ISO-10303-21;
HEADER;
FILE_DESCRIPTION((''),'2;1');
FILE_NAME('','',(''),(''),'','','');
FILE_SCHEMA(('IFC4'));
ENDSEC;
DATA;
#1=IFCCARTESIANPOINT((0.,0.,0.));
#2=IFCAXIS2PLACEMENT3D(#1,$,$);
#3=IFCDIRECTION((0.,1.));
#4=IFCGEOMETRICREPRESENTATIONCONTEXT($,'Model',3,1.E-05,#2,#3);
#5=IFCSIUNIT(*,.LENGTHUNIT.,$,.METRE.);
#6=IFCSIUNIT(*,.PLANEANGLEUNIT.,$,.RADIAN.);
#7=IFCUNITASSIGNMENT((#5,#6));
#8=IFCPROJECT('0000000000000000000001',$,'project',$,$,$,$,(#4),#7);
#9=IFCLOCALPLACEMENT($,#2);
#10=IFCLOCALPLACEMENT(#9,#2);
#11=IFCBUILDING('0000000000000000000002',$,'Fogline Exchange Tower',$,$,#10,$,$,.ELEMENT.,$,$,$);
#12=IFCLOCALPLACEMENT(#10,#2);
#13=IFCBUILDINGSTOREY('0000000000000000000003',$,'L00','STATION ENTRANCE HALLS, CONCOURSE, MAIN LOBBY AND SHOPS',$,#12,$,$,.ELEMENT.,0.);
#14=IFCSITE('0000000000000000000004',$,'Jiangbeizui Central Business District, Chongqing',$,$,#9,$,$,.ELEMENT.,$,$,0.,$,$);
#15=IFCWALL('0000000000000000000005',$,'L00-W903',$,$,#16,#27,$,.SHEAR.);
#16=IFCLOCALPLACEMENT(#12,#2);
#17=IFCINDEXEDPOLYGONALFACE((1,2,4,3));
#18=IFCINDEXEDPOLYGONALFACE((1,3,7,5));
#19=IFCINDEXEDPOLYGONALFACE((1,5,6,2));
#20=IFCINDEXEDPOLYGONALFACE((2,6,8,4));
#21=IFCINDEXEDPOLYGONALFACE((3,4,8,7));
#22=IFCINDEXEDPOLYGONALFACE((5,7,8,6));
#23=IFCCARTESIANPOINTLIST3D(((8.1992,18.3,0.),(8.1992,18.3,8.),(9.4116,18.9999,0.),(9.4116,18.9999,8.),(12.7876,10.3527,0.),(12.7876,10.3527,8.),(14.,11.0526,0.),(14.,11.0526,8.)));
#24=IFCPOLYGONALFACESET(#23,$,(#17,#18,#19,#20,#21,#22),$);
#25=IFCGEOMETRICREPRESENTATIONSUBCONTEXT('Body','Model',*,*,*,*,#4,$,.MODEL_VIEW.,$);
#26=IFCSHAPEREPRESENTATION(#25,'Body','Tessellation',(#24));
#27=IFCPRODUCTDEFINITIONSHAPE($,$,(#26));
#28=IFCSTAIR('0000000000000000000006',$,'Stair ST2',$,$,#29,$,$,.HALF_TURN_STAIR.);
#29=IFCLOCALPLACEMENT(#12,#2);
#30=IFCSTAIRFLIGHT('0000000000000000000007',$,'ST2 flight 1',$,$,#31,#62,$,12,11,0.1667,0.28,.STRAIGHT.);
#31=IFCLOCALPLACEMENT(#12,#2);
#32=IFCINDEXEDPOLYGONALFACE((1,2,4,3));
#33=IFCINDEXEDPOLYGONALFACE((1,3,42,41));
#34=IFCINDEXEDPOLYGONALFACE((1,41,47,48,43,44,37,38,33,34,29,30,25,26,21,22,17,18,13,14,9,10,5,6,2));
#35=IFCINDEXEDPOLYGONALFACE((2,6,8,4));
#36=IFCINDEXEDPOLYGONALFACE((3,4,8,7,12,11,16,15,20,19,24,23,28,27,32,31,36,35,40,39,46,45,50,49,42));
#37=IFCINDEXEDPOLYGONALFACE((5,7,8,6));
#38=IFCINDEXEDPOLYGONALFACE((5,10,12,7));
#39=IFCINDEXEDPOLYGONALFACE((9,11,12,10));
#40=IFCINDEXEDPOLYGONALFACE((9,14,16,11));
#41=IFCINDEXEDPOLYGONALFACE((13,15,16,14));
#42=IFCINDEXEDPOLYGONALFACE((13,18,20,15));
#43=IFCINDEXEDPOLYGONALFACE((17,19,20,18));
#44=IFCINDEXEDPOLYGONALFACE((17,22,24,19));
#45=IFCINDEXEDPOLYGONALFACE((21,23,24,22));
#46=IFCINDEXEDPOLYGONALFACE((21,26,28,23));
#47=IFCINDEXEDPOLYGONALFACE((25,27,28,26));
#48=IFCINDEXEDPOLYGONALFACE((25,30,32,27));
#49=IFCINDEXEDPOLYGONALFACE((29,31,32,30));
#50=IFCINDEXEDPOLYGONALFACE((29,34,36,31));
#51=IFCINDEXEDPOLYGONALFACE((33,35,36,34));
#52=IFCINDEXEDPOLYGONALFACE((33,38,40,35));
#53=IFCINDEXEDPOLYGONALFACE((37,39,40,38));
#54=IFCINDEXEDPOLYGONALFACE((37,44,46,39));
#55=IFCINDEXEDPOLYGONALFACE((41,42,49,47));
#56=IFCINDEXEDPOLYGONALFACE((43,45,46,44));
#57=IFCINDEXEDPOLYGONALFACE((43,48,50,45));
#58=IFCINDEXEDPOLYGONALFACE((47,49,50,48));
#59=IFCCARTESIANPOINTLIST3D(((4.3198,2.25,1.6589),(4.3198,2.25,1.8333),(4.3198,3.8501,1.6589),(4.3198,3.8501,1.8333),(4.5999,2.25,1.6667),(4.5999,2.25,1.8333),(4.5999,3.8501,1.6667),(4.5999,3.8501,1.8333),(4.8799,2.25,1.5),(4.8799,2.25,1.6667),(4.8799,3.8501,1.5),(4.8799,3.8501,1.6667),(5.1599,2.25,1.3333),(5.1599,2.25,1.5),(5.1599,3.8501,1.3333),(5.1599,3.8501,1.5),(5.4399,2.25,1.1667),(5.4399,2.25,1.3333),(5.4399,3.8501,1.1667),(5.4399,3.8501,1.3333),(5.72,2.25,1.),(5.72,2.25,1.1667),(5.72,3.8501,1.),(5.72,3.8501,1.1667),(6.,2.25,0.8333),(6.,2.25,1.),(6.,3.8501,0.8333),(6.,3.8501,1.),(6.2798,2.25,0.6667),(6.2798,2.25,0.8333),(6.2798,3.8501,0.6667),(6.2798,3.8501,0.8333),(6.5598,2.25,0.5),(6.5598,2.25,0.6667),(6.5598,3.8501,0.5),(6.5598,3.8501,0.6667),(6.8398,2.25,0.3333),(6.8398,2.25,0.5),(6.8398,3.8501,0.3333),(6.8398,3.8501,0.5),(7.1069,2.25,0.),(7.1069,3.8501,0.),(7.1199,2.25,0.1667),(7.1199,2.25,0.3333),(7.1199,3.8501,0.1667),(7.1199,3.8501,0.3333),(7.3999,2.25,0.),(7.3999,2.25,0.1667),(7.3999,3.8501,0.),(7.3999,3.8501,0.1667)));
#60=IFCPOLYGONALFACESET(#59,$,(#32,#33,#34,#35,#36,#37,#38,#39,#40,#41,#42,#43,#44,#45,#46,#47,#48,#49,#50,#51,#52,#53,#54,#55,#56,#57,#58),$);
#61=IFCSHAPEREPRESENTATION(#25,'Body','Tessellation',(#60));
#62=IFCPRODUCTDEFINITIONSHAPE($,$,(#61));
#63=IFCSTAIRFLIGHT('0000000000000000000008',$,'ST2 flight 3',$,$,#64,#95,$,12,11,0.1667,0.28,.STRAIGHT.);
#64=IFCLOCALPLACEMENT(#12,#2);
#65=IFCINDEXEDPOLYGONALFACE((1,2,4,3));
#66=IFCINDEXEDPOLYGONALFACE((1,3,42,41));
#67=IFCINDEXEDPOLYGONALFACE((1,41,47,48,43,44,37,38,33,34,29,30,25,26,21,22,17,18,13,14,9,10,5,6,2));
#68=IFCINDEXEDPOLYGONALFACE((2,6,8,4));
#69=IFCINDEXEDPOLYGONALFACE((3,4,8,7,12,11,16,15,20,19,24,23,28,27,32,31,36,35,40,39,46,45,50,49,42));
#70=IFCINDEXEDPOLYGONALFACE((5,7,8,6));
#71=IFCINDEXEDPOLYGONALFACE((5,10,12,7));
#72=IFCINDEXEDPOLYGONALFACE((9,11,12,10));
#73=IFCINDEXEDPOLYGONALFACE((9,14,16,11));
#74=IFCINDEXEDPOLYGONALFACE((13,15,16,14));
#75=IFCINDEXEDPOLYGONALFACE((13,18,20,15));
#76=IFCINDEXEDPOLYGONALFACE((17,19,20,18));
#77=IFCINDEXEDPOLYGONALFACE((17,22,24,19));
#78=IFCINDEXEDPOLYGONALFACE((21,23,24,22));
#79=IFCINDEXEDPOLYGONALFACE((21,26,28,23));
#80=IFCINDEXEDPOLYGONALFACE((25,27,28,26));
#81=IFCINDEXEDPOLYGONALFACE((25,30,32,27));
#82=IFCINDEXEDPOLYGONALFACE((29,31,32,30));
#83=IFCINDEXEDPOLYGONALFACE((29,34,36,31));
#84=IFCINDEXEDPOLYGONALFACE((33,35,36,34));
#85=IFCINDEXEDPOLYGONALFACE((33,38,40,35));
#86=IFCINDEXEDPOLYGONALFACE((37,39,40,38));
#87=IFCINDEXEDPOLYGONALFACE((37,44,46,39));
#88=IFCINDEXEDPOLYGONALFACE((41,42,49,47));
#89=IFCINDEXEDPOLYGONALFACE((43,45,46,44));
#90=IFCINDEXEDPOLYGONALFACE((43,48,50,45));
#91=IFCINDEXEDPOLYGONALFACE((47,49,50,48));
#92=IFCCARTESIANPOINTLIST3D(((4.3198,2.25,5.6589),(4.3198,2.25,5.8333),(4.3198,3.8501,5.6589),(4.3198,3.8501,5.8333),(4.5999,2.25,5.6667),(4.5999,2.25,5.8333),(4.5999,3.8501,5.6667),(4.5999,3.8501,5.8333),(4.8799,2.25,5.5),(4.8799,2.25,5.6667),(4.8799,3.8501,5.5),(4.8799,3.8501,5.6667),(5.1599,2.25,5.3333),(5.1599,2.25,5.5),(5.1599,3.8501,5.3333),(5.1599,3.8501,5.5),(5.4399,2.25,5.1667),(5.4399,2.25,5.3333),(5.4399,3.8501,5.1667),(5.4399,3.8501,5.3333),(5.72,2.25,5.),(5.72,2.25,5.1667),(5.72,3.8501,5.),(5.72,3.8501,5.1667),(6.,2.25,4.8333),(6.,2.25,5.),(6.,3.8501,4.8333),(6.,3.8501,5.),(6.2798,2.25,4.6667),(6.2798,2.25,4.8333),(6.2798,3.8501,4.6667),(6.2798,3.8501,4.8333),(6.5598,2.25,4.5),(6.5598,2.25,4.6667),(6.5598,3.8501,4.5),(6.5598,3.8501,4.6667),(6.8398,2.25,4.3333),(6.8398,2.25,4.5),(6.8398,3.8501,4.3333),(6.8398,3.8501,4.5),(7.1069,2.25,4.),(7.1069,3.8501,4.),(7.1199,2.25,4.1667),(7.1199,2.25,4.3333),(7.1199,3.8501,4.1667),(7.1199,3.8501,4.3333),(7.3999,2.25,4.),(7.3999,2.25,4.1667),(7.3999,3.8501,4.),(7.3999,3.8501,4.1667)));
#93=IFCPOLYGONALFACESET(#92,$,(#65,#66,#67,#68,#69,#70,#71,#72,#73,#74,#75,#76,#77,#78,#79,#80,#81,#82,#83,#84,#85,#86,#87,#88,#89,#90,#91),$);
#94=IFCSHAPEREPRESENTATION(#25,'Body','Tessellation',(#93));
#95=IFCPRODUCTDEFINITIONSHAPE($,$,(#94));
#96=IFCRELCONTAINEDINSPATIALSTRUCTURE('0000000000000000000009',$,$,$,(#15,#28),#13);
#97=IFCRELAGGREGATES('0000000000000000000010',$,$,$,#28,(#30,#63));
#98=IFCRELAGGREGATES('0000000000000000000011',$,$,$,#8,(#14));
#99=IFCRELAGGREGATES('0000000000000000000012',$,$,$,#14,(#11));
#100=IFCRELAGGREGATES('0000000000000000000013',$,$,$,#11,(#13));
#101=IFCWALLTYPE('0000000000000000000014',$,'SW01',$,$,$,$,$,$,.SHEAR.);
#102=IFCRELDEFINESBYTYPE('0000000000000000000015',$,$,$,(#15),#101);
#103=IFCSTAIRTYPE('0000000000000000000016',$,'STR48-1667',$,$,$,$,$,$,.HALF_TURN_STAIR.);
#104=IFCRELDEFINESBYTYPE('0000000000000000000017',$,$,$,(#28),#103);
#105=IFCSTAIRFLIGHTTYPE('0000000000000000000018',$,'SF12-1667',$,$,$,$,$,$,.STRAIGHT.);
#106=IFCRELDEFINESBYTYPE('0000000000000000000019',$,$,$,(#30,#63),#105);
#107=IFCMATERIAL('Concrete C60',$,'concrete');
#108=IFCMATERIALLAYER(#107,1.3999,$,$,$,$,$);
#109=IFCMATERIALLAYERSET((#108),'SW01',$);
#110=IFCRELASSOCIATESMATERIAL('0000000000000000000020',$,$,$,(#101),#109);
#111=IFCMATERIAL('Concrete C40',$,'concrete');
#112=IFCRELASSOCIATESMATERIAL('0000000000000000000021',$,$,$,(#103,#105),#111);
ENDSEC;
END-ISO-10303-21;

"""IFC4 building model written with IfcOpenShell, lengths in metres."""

from ifc_helpers import new_model, si_unit, direction, frame, frame_2d, origin, place, context, subcontext, project, spatial, polyline, rectangle, outline, extrude, material, layer, layer_set, type_object, element, aggregate, save


model = new_model("IFC4")

# Units and contexts
model_context = context("Model", 3, precision=1e-05, world=origin(), true_north=direction((0.0, 1.0)))
body_context = subcontext(model_context, "Body", "Model", "MODEL_VIEW")
ifc_project = project(units=[si_unit("LENGTHUNIT", "METRE"), si_unit("PLANEANGLEUNIT", "RADIAN")], contexts=[model_context])

# Site, building, storey
site_placement = place(None, origin())
site = spatial("IfcSite", under=ifc_project, at=site_placement, Name="Jiangbeizui Central Business District, Chongqing", CompositionType="ELEMENT", RefElevation=0.0)
building_placement = place(site_placement, origin())
building = spatial("IfcBuilding", under=site, at=building_placement, Name="Fogline Exchange Tower", CompositionType="ELEMENT")
storey_placement = place(building_placement, origin())
storey = spatial("IfcBuildingStorey", under=building, at=storey_placement, Name="L00", Description="STATION ENTRANCE HALLS, CONCOURSE, MAIN LOBBY AND SHOPS", CompositionType="ELEMENT", Elevation=0.0)

# Shared definitions
ifc_material_1 = material(Name="Concrete C40", Category="concrete")

# Shared definitions
ifc_material_2 = material(Name="Concrete C60", Category="concrete")
ifc_layer_1 = layer(ifc_material_2, 1.3999)
ifc_layer_set_1 = layer_set([ifc_layer_1], Name="SW01")
wall_type_1 = type_object("IfcWallType", Name="SW01", PredefinedType="SHEAR", material=ifc_layer_set_1)

# Wall
wall_1_placement = place(storey_placement, frame((13.3938, 10.7026, 0.0), z_axis=(0.0, 0.0, 1.0), x_axis=(-0.500002, 0.866024, 0.0)))
element("IfcWall", 1, at=wall_1_placement, inside=storey, type_object=wall_type_1, Name="L00-W903", PredefinedType="SHEAR", context=body_context, shape_type="SweptSolid", body=[
    extrude(rectangle(XDim=9.1768, YDim=1.3999, at=frame_2d((4.5884, 0.0))), origin(), (0.0, 0.0, 1.0), 8.0),
])

# Stair, stair flights
stair_type = type_object("IfcStairType", Name="STR48-1667", PredefinedType="HALF_TURN_STAIR", material=ifc_material_1)
stair_placement = place(storey_placement, origin())
stair = element("IfcStair", 2, at=stair_placement, inside=storey, type_object=stair_type, Name="Stair ST2", PredefinedType="HALF_TURN_STAIR")
stair_flight_type = type_object("IfcStairFlightType", Name="SF12-1667", PredefinedType="STRAIGHT", material=ifc_material_1)
stair_flight_1_placement = place(storey_placement, frame((7.3999, 3.05, 0.0), z_axis=(0.0, 0.0, 1.0), x_axis=(-1.0, 0.0, 0.0)))
stair_flight_1 = element("IfcStairFlight", 3, at=stair_flight_1_placement, type_object=stair_flight_type, Name="ST2 flight 1", NumberOfRisers=12, NumberOfTreads=11, PredefinedType="STRAIGHT", RiserHeight=0.1667, TreadLength=0.28, context=body_context, shape_type="SweptSolid", body=[
    extrude(outline(polyline([(0.0, 0.0), (0.0, 0.1667), (0.28, 0.1667), (0.28, 0.3333), (0.5601, 0.3333), (0.5601, 0.5), (0.8401, 0.5), (0.8401, 0.6667), (1.1201, 0.6667), (1.1201, 0.8333), (1.3999, 0.8333), (1.3999, 1.0), (1.6799, 1.0), (1.6799, 1.1667), (1.96, 1.1667), (1.96, 1.3333), (2.24, 1.3333), (2.24, 1.5), (2.52, 1.5), (2.52, 1.6667), (2.8, 1.6667), (2.8, 1.8333), (3.0801, 1.8333), (3.0801, 2.0), (3.0801, 1.6589), (0.293, 0.0), (0.0, 0.0)])), frame((0.0, 0.8, 0.0), z_axis=(0.0, -1.0, 0.0), x_axis=(1.0, 0.0, 0.0)), (0.0, 0.0, 1.0), 1.6001),
])
stair_flight_2_placement = place(storey_placement, frame((7.3999, 3.05, 4.0), z_axis=(0.0, 0.0, 1.0), x_axis=(-1.0, 0.0, 0.0)))
stair_flight_2 = element("IfcStairFlight", 4, at=stair_flight_2_placement, type_object=stair_flight_type, Name="ST2 flight 3", NumberOfRisers=12, NumberOfTreads=11, PredefinedType="STRAIGHT", RiserHeight=0.1667, TreadLength=0.28, context=body_context, shape_type="SweptSolid", body=[
    extrude(outline(polyline([(0.0, 0.0), (0.0, 0.1667), (0.28, 0.1667), (0.28, 0.3333), (0.5601, 0.3333), (0.5601, 0.5), (0.8401, 0.5), (0.8401, 0.6667), (1.1201, 0.6667), (1.1201, 0.8333), (1.3999, 0.8333), (1.3999, 1.0), (1.6799, 1.0), (1.6799, 1.1667), (1.96, 1.1667), (1.96, 1.3333), (2.24, 1.3333), (2.24, 1.5), (2.52, 1.5), (2.52, 1.6667), (2.8, 1.6667), (2.8, 1.8333), (3.0801, 1.8333), (3.0801, 2.0), (3.0801, 1.6589), (0.293, 0.0), (0.0, 0.0)])), frame((0.0, 0.8, 0.0), z_axis=(0.0, -1.0, 0.0), x_axis=(1.0, 0.0, 0.0)), (0.0, 0.0, 1.0), 1.6001),
])
aggregate(stair, [stair_flight_1, stair_flight_2])

save(model, "model.ifc")
